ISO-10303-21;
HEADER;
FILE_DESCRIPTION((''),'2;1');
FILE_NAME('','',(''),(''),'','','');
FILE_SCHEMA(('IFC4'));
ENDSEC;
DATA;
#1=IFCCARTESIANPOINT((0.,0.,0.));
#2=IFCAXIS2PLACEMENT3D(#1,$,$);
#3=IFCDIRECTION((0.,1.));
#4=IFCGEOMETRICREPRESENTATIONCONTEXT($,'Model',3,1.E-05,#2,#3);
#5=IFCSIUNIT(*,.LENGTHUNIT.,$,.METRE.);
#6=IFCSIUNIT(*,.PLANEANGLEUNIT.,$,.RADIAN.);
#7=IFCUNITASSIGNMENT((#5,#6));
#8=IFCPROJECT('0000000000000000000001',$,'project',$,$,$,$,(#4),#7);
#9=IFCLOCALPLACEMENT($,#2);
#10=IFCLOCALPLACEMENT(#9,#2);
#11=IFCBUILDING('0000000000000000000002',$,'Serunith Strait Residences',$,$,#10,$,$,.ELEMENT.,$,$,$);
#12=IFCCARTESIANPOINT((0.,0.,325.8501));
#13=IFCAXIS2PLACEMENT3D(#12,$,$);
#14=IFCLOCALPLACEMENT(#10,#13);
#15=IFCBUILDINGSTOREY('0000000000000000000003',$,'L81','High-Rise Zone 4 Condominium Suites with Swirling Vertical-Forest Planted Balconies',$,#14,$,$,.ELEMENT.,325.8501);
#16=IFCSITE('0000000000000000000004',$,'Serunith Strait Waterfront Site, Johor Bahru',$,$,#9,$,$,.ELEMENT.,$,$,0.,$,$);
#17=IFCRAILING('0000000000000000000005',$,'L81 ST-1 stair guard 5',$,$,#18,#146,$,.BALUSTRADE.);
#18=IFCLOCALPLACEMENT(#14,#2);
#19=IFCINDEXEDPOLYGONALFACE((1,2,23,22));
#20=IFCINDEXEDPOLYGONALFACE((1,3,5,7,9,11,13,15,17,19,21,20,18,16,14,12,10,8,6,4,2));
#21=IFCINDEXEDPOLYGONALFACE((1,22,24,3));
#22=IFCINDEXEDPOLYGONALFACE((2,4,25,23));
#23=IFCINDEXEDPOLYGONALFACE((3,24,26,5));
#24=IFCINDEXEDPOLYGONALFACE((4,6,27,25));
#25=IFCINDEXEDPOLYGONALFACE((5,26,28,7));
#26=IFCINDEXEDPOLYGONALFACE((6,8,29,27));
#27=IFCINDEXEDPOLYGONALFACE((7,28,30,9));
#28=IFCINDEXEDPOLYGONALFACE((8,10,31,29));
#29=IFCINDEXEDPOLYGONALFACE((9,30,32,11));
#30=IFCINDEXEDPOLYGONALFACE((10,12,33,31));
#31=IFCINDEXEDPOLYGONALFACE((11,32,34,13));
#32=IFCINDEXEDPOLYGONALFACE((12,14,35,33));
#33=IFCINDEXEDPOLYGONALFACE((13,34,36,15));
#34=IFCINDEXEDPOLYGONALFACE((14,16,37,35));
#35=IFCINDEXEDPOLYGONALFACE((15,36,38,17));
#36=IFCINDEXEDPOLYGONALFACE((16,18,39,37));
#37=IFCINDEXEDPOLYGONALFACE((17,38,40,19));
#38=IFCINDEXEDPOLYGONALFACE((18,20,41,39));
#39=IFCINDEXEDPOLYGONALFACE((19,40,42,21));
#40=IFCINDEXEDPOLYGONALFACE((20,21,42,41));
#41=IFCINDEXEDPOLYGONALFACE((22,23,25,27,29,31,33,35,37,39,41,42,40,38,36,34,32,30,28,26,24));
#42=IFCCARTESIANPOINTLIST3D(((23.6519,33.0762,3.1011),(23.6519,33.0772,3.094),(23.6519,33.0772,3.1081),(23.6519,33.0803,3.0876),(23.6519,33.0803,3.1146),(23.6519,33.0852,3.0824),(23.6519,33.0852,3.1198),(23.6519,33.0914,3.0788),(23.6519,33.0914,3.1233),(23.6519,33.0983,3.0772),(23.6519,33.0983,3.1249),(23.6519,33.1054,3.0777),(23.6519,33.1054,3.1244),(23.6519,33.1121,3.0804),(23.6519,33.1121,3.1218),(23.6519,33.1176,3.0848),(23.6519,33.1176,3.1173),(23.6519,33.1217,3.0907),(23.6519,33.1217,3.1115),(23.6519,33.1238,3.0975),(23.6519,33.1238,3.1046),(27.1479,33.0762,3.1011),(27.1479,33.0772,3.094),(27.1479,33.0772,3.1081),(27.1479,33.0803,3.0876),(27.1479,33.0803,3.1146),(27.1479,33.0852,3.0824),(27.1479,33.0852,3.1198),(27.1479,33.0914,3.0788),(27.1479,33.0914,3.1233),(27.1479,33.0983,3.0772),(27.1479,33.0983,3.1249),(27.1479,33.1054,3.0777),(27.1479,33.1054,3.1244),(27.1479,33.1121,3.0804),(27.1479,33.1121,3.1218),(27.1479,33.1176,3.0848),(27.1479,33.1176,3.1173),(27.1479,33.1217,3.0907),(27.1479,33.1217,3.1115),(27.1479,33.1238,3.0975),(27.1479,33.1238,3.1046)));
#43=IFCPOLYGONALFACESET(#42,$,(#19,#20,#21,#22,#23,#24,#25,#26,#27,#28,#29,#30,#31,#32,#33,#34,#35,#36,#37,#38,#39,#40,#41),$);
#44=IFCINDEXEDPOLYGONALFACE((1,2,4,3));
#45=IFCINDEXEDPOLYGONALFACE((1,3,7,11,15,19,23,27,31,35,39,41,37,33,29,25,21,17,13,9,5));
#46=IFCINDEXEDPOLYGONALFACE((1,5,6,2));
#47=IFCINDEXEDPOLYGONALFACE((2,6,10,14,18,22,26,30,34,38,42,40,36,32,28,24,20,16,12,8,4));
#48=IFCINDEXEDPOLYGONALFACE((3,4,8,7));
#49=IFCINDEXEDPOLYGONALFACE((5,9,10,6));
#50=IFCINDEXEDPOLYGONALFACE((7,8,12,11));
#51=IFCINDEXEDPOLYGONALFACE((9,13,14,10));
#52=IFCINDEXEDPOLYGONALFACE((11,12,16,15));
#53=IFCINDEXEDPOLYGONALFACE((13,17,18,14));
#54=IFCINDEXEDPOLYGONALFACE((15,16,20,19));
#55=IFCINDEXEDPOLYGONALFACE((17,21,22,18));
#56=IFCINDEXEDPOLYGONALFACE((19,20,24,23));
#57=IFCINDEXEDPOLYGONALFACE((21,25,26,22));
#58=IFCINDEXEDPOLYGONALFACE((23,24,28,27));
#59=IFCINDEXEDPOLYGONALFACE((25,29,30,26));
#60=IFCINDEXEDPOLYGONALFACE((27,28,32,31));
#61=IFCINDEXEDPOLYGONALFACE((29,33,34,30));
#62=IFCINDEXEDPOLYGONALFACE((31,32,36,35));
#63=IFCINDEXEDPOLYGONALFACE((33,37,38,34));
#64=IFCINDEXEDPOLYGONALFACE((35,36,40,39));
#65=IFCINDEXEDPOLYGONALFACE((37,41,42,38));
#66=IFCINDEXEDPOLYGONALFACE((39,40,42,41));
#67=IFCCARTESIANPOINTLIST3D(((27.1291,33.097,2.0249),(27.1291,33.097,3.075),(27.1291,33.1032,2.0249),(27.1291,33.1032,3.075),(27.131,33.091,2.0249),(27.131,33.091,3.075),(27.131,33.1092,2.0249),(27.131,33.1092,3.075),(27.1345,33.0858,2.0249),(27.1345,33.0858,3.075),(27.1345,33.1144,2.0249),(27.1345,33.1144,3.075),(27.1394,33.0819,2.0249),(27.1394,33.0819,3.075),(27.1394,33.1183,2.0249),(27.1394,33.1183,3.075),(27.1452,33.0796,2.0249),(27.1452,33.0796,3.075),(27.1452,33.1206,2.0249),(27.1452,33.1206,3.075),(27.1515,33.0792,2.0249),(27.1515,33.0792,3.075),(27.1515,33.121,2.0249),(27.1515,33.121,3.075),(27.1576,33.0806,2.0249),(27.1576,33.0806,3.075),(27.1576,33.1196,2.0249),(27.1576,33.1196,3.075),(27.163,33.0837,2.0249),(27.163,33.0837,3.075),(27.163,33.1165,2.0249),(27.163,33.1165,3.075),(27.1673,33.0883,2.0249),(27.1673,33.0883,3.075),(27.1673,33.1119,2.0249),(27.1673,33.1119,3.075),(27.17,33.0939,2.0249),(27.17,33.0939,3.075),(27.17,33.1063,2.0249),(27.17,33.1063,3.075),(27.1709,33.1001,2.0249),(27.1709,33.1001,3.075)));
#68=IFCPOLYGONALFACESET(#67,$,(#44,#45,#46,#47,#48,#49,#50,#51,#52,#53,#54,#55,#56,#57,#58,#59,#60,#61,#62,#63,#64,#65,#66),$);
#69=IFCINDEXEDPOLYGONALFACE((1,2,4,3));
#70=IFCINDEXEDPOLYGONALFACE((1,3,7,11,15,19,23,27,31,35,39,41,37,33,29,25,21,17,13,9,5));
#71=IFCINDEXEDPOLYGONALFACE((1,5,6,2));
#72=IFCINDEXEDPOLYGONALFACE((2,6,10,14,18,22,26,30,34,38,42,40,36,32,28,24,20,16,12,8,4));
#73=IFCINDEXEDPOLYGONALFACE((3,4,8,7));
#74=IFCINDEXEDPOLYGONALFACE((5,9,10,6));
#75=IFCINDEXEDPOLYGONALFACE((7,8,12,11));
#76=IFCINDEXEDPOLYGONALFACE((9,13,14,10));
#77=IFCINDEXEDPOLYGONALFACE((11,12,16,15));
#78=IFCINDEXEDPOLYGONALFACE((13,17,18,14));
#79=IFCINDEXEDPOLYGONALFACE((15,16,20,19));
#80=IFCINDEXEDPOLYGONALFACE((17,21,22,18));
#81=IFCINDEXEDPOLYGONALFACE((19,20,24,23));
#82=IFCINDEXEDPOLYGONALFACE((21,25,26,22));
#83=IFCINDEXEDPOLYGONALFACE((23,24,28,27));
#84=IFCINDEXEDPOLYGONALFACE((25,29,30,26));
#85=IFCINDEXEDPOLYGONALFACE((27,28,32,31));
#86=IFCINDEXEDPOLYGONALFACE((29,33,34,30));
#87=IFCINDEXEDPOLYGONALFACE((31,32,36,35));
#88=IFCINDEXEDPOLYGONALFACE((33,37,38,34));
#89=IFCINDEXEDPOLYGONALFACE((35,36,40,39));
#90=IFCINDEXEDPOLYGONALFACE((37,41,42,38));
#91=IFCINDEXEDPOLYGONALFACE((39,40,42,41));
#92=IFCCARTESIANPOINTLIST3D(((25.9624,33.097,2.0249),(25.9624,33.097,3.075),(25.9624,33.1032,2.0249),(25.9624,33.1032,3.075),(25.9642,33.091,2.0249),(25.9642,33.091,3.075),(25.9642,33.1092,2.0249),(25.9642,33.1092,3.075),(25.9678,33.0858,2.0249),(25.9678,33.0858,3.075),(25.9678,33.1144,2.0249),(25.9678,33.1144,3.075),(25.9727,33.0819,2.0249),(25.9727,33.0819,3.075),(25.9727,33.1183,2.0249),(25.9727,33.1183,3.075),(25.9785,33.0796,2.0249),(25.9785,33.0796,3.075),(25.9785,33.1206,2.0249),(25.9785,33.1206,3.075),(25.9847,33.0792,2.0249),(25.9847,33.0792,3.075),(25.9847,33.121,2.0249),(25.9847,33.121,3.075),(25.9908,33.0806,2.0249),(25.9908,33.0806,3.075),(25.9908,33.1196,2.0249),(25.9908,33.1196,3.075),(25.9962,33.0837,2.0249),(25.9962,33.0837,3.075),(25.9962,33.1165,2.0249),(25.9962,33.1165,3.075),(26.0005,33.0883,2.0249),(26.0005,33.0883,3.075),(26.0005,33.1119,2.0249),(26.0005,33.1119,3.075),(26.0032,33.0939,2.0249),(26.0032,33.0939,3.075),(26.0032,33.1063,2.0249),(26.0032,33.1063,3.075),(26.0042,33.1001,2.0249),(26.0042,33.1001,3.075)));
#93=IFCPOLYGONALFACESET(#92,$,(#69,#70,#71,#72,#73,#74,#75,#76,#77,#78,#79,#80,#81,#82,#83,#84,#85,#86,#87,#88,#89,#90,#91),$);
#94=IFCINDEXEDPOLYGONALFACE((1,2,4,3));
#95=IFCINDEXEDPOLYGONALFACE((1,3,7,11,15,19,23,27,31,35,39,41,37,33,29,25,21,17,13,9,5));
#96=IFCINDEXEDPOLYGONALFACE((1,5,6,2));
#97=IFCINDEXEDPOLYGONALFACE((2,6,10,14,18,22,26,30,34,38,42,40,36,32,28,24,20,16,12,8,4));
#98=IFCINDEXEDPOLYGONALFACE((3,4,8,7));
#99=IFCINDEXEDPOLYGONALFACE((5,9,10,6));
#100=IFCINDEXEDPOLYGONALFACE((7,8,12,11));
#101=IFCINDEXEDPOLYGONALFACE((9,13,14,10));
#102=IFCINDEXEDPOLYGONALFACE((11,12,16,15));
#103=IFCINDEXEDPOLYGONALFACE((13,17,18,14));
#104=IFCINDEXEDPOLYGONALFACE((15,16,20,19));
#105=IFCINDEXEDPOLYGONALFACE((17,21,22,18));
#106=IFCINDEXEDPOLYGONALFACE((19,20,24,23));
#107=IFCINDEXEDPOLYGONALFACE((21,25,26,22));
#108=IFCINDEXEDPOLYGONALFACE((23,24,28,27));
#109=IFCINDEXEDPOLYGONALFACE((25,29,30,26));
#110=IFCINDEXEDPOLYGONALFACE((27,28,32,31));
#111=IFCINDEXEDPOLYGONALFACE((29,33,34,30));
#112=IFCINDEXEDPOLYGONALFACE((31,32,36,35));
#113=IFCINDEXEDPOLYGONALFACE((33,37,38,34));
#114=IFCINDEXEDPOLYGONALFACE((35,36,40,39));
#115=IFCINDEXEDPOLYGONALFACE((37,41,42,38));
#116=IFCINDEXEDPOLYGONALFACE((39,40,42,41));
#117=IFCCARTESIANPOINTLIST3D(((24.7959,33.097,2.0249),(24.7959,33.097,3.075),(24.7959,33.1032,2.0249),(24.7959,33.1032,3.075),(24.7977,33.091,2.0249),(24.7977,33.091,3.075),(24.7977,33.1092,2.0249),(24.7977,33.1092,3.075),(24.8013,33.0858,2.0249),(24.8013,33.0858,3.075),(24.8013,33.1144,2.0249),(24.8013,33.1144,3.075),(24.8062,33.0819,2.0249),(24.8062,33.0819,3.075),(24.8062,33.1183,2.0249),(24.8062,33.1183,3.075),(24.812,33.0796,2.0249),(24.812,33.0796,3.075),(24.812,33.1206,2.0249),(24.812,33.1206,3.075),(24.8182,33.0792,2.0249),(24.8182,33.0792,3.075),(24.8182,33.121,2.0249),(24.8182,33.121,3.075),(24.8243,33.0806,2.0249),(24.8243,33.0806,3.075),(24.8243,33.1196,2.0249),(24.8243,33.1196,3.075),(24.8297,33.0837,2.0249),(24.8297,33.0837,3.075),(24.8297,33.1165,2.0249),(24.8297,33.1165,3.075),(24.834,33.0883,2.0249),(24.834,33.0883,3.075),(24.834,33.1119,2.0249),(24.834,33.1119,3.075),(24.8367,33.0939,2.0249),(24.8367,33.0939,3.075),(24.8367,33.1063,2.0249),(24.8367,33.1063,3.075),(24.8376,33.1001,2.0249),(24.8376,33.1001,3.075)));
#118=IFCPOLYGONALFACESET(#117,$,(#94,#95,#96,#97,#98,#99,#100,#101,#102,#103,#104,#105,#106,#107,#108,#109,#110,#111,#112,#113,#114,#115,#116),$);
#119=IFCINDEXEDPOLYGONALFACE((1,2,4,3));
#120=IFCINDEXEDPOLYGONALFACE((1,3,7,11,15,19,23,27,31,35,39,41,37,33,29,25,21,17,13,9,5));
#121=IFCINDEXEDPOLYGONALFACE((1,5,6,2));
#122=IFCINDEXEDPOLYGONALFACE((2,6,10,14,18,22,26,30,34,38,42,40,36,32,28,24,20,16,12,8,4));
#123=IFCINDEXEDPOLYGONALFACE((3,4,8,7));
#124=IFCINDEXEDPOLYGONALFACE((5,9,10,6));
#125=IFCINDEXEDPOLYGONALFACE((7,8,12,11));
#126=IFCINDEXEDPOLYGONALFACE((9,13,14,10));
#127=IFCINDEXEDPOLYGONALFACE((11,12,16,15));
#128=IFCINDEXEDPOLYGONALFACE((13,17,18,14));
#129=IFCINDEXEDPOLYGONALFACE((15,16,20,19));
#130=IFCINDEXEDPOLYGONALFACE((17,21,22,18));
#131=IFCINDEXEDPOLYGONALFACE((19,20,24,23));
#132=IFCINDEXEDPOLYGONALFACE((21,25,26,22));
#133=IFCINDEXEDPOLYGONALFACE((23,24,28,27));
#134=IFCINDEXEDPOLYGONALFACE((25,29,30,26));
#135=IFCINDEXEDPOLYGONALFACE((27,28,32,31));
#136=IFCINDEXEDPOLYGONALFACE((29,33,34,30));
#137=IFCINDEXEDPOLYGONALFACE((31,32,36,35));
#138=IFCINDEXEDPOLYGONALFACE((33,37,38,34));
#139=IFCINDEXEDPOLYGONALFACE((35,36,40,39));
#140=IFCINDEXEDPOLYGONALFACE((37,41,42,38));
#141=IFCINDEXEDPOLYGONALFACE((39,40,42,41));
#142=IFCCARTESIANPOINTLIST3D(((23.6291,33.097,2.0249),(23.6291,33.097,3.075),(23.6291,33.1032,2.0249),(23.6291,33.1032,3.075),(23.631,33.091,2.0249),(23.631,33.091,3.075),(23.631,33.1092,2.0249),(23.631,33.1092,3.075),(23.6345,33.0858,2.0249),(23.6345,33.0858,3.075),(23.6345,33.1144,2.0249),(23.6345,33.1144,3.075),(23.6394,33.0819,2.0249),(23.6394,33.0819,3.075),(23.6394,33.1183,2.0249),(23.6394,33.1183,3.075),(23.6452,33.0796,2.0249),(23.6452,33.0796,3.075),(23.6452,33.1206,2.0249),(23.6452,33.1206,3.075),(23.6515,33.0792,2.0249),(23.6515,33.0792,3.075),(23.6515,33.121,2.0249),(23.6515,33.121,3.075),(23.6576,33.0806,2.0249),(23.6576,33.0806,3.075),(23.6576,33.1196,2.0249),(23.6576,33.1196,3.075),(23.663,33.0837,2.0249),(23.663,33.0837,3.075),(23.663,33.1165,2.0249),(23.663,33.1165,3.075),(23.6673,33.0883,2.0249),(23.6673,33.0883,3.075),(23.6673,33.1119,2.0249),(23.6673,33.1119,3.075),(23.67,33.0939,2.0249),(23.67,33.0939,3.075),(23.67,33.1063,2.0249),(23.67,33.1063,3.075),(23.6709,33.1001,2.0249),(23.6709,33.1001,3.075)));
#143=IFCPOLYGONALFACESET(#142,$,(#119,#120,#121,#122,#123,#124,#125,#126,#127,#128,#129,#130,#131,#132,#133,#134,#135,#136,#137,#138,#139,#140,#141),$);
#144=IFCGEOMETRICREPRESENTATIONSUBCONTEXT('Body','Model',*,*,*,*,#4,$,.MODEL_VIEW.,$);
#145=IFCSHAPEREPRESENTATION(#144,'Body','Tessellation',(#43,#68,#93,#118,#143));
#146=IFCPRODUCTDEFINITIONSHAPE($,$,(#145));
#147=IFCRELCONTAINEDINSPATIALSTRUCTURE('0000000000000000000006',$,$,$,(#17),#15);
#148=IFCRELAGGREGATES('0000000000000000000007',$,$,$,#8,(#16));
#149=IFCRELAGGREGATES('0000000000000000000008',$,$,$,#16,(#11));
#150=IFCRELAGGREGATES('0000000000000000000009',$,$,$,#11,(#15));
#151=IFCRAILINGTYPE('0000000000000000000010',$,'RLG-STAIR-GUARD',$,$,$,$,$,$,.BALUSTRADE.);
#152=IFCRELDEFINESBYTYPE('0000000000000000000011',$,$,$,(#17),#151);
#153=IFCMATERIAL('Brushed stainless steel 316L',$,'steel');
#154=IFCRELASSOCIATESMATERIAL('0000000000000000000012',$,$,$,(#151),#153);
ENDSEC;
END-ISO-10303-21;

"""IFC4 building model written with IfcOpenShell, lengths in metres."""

from ifc_helpers import new_model, si_unit, direction, frame, origin, origin_2d, place, context, subcontext, project, spatial, circle, extrude, material, type_object, element, save


model = new_model("IFC4")

# Units and contexts
model_context = context("Model", 3, precision=1e-05, world=origin(), true_north=direction((0.0, 1.0)))
body_context = subcontext(model_context, "Body", "Model", "MODEL_VIEW")
ifc_project = project(units=[si_unit("LENGTHUNIT", "METRE"), si_unit("PLANEANGLEUNIT", "RADIAN")], contexts=[model_context])

# Site, building, storey
site_placement = place(None, origin())
site = spatial("IfcSite", under=ifc_project, at=site_placement, Name="Serunith Strait Waterfront Site, Johor Bahru", CompositionType="ELEMENT", RefElevation=0.0)
building_placement = place(site_placement, origin())
building = spatial("IfcBuilding", under=site, at=building_placement, Name="Serunith Strait Residences", CompositionType="ELEMENT")
storey_placement = place(building_placement, frame((0.0, 0.0, 325.8501)))
storey = spatial("IfcBuildingStorey", under=building, at=storey_placement, Name="L81", Description="High-Rise Zone 4 Condominium Suites with Swirling Vertical-Forest Planted Balconies", CompositionType="ELEMENT", Elevation=325.8501)

# Railing
ifc_material_1 = material(Name="Brushed stainless steel 316L", Category="steel")
railing_type_1 = type_object("IfcRailingType", Name="RLG-STAIR-GUARD", PredefinedType="BALUSTRADE", material=ifc_material_1)
railing_1_placement = place(storey_placement, frame((27.1499, 33.1001, 2.0249)))
element("IfcRailing", 1, at=railing_1_placement, inside=storey, type_object=railing_type_1, Name="L81 ST-1 stair guard 5", PredefinedType="BALUSTRADE", context=body_context, shape_type="SweptSolid", body=[
    extrude(circle(Radius=0.0239, at=origin_2d()), frame((-0.002, 0.0, 1.0762), z_axis=(-1.0, 0.0, 0.0), x_axis=(0.0, -1.0, 0.0)), (0.0, 0.0, 1.0), 3.4961),
    extrude(circle(Radius=0.021, at=origin_2d()), origin(), (0.0, 0.0, 1.0), 1.05),
    extrude(circle(Radius=0.021, at=origin_2d()), frame((-1.1667, 0.0, 0.0)), (0.0, 0.0, 1.0), 1.05),
    extrude(circle(Radius=0.021, at=origin_2d()), frame((-2.3333, 0.0, 0.0)), (0.0, 0.0, 1.0), 1.05),
    extrude(circle(Radius=0.021, at=origin_2d()), frame((-3.5, 0.0, 0.0)), (0.0, 0.0, 1.0), 1.05),
])

save(model, "model.ifc")
